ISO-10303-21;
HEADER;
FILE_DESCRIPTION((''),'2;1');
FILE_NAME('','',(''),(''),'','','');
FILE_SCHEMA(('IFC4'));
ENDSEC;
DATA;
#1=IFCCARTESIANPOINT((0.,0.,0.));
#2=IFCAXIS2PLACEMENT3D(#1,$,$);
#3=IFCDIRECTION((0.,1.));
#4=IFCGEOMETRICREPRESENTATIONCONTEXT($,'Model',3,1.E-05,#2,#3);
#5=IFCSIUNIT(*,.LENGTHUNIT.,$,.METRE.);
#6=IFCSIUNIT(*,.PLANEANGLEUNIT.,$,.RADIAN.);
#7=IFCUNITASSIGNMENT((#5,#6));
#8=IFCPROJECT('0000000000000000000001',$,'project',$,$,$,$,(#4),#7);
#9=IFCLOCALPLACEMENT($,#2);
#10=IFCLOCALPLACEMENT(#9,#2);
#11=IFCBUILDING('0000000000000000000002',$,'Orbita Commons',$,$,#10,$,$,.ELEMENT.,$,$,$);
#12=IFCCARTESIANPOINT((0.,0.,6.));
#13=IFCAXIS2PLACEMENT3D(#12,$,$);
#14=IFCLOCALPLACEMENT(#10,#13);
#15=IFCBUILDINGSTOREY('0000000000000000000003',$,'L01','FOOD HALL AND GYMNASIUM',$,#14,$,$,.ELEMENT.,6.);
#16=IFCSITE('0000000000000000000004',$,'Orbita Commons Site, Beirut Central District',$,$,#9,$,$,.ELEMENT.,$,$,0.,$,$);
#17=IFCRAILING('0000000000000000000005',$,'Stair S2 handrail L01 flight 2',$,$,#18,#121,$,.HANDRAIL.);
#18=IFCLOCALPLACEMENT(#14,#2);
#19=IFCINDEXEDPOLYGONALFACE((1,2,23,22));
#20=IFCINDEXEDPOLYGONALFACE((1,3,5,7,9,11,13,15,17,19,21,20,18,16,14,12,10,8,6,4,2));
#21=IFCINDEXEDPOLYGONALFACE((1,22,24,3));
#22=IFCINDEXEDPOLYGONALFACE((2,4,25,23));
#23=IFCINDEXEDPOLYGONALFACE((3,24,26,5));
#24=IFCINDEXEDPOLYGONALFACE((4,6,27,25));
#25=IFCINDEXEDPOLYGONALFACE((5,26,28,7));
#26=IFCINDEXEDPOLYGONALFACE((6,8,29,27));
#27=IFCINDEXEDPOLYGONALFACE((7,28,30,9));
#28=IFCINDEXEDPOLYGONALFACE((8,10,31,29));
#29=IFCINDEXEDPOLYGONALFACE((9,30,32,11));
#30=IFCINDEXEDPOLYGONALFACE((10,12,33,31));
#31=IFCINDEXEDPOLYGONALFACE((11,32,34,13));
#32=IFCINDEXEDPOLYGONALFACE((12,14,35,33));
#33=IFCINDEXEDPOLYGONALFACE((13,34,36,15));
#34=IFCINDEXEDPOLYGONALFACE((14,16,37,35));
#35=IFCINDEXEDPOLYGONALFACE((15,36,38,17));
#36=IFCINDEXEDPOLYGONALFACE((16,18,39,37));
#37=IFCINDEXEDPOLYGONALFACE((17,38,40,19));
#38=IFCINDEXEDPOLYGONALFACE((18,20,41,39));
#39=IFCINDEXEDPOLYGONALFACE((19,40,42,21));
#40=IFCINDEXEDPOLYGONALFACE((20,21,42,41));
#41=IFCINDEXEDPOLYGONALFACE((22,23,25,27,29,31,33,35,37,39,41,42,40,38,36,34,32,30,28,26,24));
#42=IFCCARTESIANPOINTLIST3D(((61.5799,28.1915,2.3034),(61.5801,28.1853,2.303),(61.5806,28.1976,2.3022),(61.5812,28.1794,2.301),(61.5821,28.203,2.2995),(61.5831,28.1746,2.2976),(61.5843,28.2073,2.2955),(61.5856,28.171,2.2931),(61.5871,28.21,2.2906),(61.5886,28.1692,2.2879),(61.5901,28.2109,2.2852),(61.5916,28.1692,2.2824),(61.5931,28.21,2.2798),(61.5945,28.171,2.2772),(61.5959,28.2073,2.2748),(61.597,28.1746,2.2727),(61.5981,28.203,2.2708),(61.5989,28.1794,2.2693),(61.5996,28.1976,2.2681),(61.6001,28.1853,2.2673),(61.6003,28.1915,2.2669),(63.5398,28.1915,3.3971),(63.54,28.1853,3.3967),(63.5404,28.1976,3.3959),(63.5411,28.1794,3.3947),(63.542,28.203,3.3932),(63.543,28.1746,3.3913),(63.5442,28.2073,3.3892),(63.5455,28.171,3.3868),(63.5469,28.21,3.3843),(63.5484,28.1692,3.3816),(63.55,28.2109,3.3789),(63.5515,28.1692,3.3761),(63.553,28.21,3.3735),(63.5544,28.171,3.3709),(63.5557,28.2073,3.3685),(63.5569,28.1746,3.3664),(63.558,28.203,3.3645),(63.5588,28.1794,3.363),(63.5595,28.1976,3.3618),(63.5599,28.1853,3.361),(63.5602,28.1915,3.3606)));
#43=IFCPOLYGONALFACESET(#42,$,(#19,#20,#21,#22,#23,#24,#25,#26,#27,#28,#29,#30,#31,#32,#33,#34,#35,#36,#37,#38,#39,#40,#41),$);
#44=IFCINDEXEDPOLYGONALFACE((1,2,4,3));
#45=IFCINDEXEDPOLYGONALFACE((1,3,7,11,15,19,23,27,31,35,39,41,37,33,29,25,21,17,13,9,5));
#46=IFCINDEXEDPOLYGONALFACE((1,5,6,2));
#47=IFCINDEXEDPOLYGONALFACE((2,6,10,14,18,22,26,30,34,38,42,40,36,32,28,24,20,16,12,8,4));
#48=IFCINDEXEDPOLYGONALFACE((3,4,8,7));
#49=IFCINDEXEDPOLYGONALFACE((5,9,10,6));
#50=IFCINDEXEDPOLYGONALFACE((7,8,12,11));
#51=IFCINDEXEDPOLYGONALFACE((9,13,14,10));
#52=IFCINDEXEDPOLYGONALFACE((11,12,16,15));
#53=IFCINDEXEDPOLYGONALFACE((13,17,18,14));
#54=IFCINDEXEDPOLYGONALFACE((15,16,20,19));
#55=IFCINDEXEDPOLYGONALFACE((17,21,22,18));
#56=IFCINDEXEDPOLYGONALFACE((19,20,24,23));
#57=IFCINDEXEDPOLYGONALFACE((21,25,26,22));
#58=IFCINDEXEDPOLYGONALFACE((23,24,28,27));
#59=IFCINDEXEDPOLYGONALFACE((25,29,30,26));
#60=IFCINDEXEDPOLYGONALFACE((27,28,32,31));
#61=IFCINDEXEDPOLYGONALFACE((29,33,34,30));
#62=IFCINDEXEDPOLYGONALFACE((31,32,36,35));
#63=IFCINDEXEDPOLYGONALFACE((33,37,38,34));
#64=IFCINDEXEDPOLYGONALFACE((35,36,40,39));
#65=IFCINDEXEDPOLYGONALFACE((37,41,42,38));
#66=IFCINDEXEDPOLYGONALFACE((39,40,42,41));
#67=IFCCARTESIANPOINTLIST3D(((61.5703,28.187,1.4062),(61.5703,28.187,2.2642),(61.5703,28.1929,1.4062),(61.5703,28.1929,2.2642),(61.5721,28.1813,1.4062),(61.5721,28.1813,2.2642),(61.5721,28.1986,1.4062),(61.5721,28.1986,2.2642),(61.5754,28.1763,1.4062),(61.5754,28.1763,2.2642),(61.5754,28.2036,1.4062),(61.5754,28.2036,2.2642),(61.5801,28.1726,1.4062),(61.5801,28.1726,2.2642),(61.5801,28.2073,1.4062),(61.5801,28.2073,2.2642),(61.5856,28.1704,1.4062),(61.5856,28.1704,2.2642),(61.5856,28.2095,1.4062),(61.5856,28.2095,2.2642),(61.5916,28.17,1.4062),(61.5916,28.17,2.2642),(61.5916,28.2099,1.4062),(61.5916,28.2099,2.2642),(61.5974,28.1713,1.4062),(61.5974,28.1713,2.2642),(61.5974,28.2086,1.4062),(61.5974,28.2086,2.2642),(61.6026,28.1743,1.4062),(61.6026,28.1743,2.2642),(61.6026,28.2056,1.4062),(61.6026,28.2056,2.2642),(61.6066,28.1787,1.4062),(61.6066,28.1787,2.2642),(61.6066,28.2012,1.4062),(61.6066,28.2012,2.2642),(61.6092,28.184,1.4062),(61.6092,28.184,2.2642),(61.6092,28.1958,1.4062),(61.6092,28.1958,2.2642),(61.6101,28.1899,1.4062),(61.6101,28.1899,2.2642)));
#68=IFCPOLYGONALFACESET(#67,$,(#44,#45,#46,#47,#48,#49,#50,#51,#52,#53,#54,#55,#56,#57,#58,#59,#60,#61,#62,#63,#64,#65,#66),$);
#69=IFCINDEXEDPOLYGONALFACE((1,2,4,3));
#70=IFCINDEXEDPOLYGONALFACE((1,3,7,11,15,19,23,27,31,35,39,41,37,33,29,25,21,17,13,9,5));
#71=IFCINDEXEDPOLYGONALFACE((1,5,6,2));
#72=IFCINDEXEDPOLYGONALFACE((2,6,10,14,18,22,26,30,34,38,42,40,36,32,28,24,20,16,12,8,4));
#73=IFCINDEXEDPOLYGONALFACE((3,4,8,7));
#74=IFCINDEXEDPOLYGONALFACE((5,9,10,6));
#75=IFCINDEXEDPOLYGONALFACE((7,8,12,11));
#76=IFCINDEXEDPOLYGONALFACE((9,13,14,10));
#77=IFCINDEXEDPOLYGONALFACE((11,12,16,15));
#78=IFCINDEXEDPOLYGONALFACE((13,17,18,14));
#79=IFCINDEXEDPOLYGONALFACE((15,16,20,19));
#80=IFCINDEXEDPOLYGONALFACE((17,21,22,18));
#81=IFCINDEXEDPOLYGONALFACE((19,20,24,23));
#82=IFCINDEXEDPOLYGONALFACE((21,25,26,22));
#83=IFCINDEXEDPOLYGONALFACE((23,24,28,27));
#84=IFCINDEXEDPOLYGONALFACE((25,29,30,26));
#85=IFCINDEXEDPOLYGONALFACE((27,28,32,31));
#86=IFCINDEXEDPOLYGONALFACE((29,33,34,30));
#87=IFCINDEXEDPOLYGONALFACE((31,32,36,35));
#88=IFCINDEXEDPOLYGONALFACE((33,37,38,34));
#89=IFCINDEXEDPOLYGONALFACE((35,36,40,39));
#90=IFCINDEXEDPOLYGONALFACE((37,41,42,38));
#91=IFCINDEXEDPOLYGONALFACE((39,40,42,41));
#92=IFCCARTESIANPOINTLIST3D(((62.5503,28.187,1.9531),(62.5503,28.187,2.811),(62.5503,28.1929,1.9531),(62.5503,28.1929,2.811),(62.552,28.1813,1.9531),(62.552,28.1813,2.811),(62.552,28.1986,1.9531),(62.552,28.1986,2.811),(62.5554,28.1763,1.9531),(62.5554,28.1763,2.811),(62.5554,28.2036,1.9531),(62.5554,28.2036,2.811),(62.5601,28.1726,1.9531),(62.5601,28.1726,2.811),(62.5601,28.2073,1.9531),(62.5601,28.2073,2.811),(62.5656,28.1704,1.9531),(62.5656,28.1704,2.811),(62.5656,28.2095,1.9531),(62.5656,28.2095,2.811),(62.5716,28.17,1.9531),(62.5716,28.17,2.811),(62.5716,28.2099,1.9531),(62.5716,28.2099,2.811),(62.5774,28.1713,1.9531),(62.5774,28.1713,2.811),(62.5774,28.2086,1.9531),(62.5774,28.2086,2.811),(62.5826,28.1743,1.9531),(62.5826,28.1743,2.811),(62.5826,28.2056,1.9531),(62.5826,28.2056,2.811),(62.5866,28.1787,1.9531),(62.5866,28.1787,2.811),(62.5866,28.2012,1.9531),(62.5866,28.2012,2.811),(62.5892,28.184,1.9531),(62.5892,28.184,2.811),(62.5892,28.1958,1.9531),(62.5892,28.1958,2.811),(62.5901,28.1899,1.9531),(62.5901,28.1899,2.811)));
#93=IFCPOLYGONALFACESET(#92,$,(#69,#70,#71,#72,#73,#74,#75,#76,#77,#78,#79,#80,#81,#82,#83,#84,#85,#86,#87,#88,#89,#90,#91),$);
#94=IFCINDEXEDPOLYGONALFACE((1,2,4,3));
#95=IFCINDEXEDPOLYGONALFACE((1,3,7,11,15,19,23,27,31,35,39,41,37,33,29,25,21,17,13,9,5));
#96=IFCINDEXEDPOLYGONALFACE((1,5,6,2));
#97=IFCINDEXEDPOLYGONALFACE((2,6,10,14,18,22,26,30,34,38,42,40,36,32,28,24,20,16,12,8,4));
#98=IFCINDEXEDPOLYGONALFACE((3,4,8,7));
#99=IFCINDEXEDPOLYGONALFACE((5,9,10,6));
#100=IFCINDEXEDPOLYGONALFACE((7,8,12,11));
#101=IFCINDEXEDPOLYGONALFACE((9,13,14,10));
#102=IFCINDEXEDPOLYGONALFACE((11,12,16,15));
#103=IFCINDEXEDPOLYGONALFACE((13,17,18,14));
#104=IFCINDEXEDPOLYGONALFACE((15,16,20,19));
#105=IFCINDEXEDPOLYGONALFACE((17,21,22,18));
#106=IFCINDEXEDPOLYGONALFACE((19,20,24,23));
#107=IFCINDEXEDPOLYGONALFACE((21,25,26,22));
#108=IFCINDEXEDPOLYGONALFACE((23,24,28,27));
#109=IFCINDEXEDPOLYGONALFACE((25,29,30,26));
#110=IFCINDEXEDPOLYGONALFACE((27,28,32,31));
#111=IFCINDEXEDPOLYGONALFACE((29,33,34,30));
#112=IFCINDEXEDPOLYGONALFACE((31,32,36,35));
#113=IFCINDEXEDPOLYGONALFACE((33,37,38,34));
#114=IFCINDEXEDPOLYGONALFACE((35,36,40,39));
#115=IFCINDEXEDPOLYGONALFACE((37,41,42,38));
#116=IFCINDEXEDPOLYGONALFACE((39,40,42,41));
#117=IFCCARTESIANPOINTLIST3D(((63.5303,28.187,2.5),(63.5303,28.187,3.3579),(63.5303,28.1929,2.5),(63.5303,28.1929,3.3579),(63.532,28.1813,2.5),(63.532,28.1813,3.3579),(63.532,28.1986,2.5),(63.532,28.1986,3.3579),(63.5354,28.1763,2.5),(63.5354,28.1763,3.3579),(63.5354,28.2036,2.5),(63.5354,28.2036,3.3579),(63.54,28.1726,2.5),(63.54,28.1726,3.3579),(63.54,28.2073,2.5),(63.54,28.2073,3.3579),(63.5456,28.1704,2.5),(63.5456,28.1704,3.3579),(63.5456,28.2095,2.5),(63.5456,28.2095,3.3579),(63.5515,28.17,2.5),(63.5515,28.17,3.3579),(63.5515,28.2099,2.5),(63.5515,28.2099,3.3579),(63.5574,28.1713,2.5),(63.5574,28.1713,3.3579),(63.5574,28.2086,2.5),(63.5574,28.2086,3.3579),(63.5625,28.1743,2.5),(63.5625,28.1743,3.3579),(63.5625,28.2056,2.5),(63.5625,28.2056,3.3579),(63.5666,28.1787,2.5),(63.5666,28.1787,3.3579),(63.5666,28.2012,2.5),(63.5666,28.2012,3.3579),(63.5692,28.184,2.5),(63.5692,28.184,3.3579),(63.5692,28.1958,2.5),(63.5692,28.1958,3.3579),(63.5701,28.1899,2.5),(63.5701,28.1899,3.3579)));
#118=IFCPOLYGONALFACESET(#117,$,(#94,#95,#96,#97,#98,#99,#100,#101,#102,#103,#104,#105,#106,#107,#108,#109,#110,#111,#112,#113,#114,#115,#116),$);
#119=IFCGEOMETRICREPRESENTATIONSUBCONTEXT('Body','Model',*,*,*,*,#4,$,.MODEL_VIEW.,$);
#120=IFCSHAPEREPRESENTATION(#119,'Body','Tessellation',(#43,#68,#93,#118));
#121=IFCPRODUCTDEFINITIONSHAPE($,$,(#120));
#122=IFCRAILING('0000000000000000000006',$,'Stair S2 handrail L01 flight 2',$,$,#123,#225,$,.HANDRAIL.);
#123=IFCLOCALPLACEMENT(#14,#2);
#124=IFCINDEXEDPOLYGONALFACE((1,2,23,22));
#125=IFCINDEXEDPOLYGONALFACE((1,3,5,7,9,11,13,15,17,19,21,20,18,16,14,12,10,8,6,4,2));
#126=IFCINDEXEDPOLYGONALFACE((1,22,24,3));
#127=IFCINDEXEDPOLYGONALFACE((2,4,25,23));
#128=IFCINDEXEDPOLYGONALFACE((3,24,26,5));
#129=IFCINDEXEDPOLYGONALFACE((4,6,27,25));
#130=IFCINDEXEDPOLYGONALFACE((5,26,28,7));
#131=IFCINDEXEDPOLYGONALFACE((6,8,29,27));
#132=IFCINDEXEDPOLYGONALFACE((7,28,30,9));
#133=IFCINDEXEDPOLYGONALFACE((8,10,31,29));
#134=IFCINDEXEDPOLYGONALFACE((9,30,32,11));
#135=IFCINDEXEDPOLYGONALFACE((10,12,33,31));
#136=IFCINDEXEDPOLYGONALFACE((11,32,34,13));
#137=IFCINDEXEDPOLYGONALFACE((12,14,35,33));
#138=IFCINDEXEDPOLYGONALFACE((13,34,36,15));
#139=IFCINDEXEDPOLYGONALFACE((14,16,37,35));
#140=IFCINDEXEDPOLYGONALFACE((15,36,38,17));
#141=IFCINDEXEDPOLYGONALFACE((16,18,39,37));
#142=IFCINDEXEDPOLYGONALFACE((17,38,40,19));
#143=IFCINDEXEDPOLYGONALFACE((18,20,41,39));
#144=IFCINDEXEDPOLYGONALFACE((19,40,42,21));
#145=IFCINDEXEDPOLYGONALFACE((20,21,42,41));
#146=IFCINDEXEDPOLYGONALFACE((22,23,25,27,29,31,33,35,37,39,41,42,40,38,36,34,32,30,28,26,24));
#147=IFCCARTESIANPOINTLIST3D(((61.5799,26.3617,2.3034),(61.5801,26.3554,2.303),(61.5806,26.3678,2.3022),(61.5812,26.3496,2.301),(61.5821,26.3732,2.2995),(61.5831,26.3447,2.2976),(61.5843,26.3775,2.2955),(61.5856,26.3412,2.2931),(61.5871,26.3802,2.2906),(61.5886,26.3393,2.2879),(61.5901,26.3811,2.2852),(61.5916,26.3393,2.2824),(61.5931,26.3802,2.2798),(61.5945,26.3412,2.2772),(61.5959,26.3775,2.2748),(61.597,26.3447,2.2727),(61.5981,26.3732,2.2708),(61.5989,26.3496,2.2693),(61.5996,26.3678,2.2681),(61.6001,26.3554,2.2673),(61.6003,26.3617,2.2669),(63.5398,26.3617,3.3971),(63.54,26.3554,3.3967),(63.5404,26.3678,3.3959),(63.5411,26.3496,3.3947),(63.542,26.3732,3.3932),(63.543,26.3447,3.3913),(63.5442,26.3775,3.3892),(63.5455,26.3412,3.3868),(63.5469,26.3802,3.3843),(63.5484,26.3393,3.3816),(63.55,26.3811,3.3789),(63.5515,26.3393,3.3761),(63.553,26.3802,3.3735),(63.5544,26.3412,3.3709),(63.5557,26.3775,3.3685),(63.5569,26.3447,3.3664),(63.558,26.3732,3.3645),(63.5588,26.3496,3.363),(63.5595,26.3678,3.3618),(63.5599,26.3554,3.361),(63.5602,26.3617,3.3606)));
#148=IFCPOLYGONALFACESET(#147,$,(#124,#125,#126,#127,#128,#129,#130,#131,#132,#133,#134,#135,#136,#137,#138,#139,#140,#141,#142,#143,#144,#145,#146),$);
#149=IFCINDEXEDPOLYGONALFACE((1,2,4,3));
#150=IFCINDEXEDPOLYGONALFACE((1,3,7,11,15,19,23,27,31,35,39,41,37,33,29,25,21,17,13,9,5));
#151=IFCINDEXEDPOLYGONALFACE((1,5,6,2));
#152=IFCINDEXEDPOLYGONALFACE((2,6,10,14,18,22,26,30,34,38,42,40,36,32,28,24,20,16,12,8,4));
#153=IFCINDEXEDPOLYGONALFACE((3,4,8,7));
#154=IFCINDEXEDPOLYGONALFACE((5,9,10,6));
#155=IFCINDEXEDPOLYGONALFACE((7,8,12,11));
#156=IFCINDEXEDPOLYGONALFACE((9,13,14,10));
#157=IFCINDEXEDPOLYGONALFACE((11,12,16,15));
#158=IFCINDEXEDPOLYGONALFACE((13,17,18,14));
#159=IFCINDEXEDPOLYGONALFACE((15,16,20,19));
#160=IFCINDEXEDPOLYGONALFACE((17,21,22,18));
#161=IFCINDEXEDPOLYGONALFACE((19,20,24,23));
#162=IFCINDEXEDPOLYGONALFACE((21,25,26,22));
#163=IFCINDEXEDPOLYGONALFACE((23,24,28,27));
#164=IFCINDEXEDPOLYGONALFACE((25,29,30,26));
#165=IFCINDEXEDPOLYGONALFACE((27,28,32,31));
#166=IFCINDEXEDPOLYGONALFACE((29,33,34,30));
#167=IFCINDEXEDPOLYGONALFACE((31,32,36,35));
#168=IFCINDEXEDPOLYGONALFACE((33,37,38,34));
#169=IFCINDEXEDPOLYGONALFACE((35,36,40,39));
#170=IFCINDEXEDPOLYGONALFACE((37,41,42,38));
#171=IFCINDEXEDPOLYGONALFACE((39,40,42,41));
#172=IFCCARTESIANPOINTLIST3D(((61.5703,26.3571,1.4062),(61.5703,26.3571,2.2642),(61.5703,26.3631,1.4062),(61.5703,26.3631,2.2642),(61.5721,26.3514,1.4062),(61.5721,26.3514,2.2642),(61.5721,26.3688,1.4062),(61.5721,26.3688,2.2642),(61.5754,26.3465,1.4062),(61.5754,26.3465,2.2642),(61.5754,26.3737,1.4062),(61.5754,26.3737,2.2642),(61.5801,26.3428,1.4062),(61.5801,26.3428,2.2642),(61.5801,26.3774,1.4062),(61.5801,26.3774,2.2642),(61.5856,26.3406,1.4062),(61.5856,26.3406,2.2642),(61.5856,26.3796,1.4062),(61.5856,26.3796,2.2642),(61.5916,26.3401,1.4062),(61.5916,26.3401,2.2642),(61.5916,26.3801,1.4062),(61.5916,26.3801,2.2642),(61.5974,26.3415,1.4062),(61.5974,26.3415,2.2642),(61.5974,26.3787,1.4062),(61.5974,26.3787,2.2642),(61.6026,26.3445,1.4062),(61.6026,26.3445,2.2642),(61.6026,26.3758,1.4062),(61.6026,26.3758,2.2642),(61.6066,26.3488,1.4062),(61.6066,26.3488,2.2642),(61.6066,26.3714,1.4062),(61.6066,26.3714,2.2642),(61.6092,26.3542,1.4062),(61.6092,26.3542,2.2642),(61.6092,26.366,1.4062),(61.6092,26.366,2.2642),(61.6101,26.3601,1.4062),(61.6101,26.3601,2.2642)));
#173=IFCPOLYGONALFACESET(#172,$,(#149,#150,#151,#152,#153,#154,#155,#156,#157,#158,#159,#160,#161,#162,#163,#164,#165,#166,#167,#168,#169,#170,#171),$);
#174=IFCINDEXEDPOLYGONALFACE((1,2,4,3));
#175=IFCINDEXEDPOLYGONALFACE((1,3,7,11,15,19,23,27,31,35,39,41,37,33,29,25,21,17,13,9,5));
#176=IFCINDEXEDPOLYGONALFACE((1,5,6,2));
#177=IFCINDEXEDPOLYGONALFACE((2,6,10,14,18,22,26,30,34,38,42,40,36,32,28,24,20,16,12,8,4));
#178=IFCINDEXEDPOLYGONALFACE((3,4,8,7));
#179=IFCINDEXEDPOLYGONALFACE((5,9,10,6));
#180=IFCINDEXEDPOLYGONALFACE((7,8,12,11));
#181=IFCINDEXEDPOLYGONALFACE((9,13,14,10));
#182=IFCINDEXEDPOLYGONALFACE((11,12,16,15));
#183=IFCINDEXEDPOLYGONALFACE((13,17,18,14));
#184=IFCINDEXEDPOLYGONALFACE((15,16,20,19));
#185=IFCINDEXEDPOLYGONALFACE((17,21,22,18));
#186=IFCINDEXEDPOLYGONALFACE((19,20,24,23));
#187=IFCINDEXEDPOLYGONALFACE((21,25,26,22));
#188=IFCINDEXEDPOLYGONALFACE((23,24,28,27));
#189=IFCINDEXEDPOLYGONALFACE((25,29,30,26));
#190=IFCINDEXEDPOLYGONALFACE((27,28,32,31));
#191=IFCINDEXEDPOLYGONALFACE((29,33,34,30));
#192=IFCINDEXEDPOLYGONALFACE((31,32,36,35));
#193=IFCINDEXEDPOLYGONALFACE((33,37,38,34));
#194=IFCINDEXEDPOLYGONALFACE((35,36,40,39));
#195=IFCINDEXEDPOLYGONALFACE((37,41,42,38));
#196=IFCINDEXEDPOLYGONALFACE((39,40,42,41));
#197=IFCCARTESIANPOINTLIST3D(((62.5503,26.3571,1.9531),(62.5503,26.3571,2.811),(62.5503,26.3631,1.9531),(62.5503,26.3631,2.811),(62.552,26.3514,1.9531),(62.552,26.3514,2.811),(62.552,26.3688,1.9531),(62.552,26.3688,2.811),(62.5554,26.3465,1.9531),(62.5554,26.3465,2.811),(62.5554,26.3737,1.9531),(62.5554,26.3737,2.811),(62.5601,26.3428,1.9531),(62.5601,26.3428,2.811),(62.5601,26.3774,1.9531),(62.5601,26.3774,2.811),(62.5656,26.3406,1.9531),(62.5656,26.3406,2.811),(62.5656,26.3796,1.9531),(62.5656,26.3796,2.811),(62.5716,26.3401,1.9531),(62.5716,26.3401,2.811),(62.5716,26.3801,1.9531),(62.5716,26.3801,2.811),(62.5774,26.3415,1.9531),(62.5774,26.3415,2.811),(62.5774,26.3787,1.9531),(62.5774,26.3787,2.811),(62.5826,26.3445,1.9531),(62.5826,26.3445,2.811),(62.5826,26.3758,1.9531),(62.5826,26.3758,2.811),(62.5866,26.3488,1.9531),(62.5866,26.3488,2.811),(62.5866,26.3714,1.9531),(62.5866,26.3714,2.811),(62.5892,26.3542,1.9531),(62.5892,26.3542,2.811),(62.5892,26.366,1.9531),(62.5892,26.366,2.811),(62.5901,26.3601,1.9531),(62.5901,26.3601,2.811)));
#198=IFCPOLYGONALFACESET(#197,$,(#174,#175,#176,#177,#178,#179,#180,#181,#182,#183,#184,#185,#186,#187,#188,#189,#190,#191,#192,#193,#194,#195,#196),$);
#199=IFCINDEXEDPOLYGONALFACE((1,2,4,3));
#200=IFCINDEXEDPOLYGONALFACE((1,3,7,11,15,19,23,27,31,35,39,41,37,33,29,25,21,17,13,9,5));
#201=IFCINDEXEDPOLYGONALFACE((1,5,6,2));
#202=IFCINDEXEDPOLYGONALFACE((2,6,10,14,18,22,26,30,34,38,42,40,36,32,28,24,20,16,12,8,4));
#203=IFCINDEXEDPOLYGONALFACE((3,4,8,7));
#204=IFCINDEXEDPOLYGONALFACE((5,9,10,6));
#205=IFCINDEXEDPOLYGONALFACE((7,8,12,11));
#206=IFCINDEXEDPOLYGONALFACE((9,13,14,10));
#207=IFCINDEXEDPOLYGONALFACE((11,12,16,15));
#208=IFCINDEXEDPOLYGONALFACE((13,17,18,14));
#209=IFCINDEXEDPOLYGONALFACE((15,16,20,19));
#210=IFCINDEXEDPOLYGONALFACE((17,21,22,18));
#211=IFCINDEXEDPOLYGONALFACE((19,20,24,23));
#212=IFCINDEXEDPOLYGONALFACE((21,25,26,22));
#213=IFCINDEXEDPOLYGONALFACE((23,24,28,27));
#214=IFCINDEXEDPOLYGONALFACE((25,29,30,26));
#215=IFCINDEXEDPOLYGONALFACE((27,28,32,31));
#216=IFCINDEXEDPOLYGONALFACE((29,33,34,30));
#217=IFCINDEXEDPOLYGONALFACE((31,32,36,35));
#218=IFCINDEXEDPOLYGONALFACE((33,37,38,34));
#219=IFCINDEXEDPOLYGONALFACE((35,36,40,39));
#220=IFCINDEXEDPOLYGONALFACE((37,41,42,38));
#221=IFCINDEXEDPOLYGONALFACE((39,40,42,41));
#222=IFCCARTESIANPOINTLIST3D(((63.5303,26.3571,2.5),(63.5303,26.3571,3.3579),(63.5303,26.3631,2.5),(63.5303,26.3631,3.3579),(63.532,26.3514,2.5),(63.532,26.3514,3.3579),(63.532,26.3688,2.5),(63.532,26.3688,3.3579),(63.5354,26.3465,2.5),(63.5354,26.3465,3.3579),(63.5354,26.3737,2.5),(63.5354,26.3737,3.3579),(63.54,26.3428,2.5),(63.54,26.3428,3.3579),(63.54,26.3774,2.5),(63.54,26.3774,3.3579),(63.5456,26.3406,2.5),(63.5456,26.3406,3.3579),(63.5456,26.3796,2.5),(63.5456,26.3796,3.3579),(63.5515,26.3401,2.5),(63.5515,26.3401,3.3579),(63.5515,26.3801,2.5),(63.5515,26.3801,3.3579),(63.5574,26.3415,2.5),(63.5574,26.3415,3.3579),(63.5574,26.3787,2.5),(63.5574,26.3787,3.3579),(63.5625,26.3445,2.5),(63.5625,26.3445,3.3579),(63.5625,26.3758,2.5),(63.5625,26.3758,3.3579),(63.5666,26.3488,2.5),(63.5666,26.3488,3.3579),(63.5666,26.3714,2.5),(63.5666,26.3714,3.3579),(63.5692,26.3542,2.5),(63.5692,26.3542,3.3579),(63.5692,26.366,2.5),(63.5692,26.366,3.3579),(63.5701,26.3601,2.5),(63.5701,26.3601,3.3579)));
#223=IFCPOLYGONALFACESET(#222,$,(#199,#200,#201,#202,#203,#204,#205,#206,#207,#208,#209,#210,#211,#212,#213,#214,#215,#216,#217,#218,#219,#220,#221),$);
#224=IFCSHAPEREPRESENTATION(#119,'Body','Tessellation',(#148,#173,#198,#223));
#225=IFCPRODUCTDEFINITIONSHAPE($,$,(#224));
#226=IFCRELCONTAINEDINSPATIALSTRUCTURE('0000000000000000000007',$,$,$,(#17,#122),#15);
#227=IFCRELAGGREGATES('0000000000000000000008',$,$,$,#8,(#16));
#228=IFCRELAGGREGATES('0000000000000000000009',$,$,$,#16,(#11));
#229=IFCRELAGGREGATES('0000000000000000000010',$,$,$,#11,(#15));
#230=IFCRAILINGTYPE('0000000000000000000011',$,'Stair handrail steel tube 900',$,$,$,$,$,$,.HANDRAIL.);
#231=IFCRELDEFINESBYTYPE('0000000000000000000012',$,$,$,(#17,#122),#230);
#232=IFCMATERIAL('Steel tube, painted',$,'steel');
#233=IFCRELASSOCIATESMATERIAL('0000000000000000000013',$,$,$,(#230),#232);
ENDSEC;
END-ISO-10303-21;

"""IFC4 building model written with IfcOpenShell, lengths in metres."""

from ifc_helpers import new_model, si_unit, direction, frame, origin, origin_2d, place, context, subcontext, project, spatial, circle, extrude, material, type_object, element, save


model = new_model("IFC4")

# Units and contexts
model_context = context("Model", 3, precision=1e-05, world=origin(), true_north=direction((0.0, 1.0)))
body_context = subcontext(model_context, "Body", "Model", "MODEL_VIEW")
ifc_project = project(units=[si_unit("LENGTHUNIT", "METRE"), si_unit("PLANEANGLEUNIT", "RADIAN")], contexts=[model_context])

# Site, building, storey
site_placement = place(None, origin())
site = spatial("IfcSite", under=ifc_project, at=site_placement, Name="Orbita Commons Site, Beirut Central District", CompositionType="ELEMENT", RefElevation=0.0)
building_placement = place(site_placement, origin())
building = spatial("IfcBuilding", under=site, at=building_placement, Name="Orbita Commons", CompositionType="ELEMENT")
storey_placement = place(building_placement, frame((0.0, 0.0, 6.0)))
storey = spatial("IfcBuildingStorey", under=building, at=storey_placement, Name="L01", Description="FOOD HALL AND GYMNASIUM", CompositionType="ELEMENT", Elevation=6.0)

# Railings
ifc_material_1 = material(Name="Steel tube, painted", Category="steel")
railing_type = type_object("IfcRailingType", Name="Stair handrail steel tube 900", PredefinedType="HANDRAIL", material=ifc_material_1)
for number, where, name in (
    (1, (61.5901, 28.1899, 1.4062), "Stair S2 handrail L01 flight 2"),
    (2, (61.5901, 26.3601, 1.4062), "Stair S2 handrail L01 flight 2"),
):
    element("IfcRailing", number, at=place(storey_placement, frame(where)), inside=storey, type_object=railing_type, Name=name, PredefinedType="HANDRAIL", context=body_context, shape_type="SweptSolid", body=[
        extrude(circle(Radius=0.021, at=origin_2d()), frame((0.0, 0.0, 0.8789), z_axis=(0.873232, 0.0, 0.487304), x_axis=(0.0, 1.0, 0.0)), (0.0, 0.0, 1.0), 2.2444),
        extrude(circle(Radius=0.02, at=origin_2d()), origin(), (0.0, 0.0, 1.0), 0.8579),
        extrude(circle(Radius=0.02, at=origin_2d()), frame((0.98, 0.0, 0.5469)), (0.0, 0.0, 1.0), 0.8579),
        extrude(circle(Radius=0.02, at=origin_2d()), frame((1.96, 0.0, 1.0938)), (0.0, 0.0, 1.0), 0.8579),
    ])

save(model, "model.ifc")
